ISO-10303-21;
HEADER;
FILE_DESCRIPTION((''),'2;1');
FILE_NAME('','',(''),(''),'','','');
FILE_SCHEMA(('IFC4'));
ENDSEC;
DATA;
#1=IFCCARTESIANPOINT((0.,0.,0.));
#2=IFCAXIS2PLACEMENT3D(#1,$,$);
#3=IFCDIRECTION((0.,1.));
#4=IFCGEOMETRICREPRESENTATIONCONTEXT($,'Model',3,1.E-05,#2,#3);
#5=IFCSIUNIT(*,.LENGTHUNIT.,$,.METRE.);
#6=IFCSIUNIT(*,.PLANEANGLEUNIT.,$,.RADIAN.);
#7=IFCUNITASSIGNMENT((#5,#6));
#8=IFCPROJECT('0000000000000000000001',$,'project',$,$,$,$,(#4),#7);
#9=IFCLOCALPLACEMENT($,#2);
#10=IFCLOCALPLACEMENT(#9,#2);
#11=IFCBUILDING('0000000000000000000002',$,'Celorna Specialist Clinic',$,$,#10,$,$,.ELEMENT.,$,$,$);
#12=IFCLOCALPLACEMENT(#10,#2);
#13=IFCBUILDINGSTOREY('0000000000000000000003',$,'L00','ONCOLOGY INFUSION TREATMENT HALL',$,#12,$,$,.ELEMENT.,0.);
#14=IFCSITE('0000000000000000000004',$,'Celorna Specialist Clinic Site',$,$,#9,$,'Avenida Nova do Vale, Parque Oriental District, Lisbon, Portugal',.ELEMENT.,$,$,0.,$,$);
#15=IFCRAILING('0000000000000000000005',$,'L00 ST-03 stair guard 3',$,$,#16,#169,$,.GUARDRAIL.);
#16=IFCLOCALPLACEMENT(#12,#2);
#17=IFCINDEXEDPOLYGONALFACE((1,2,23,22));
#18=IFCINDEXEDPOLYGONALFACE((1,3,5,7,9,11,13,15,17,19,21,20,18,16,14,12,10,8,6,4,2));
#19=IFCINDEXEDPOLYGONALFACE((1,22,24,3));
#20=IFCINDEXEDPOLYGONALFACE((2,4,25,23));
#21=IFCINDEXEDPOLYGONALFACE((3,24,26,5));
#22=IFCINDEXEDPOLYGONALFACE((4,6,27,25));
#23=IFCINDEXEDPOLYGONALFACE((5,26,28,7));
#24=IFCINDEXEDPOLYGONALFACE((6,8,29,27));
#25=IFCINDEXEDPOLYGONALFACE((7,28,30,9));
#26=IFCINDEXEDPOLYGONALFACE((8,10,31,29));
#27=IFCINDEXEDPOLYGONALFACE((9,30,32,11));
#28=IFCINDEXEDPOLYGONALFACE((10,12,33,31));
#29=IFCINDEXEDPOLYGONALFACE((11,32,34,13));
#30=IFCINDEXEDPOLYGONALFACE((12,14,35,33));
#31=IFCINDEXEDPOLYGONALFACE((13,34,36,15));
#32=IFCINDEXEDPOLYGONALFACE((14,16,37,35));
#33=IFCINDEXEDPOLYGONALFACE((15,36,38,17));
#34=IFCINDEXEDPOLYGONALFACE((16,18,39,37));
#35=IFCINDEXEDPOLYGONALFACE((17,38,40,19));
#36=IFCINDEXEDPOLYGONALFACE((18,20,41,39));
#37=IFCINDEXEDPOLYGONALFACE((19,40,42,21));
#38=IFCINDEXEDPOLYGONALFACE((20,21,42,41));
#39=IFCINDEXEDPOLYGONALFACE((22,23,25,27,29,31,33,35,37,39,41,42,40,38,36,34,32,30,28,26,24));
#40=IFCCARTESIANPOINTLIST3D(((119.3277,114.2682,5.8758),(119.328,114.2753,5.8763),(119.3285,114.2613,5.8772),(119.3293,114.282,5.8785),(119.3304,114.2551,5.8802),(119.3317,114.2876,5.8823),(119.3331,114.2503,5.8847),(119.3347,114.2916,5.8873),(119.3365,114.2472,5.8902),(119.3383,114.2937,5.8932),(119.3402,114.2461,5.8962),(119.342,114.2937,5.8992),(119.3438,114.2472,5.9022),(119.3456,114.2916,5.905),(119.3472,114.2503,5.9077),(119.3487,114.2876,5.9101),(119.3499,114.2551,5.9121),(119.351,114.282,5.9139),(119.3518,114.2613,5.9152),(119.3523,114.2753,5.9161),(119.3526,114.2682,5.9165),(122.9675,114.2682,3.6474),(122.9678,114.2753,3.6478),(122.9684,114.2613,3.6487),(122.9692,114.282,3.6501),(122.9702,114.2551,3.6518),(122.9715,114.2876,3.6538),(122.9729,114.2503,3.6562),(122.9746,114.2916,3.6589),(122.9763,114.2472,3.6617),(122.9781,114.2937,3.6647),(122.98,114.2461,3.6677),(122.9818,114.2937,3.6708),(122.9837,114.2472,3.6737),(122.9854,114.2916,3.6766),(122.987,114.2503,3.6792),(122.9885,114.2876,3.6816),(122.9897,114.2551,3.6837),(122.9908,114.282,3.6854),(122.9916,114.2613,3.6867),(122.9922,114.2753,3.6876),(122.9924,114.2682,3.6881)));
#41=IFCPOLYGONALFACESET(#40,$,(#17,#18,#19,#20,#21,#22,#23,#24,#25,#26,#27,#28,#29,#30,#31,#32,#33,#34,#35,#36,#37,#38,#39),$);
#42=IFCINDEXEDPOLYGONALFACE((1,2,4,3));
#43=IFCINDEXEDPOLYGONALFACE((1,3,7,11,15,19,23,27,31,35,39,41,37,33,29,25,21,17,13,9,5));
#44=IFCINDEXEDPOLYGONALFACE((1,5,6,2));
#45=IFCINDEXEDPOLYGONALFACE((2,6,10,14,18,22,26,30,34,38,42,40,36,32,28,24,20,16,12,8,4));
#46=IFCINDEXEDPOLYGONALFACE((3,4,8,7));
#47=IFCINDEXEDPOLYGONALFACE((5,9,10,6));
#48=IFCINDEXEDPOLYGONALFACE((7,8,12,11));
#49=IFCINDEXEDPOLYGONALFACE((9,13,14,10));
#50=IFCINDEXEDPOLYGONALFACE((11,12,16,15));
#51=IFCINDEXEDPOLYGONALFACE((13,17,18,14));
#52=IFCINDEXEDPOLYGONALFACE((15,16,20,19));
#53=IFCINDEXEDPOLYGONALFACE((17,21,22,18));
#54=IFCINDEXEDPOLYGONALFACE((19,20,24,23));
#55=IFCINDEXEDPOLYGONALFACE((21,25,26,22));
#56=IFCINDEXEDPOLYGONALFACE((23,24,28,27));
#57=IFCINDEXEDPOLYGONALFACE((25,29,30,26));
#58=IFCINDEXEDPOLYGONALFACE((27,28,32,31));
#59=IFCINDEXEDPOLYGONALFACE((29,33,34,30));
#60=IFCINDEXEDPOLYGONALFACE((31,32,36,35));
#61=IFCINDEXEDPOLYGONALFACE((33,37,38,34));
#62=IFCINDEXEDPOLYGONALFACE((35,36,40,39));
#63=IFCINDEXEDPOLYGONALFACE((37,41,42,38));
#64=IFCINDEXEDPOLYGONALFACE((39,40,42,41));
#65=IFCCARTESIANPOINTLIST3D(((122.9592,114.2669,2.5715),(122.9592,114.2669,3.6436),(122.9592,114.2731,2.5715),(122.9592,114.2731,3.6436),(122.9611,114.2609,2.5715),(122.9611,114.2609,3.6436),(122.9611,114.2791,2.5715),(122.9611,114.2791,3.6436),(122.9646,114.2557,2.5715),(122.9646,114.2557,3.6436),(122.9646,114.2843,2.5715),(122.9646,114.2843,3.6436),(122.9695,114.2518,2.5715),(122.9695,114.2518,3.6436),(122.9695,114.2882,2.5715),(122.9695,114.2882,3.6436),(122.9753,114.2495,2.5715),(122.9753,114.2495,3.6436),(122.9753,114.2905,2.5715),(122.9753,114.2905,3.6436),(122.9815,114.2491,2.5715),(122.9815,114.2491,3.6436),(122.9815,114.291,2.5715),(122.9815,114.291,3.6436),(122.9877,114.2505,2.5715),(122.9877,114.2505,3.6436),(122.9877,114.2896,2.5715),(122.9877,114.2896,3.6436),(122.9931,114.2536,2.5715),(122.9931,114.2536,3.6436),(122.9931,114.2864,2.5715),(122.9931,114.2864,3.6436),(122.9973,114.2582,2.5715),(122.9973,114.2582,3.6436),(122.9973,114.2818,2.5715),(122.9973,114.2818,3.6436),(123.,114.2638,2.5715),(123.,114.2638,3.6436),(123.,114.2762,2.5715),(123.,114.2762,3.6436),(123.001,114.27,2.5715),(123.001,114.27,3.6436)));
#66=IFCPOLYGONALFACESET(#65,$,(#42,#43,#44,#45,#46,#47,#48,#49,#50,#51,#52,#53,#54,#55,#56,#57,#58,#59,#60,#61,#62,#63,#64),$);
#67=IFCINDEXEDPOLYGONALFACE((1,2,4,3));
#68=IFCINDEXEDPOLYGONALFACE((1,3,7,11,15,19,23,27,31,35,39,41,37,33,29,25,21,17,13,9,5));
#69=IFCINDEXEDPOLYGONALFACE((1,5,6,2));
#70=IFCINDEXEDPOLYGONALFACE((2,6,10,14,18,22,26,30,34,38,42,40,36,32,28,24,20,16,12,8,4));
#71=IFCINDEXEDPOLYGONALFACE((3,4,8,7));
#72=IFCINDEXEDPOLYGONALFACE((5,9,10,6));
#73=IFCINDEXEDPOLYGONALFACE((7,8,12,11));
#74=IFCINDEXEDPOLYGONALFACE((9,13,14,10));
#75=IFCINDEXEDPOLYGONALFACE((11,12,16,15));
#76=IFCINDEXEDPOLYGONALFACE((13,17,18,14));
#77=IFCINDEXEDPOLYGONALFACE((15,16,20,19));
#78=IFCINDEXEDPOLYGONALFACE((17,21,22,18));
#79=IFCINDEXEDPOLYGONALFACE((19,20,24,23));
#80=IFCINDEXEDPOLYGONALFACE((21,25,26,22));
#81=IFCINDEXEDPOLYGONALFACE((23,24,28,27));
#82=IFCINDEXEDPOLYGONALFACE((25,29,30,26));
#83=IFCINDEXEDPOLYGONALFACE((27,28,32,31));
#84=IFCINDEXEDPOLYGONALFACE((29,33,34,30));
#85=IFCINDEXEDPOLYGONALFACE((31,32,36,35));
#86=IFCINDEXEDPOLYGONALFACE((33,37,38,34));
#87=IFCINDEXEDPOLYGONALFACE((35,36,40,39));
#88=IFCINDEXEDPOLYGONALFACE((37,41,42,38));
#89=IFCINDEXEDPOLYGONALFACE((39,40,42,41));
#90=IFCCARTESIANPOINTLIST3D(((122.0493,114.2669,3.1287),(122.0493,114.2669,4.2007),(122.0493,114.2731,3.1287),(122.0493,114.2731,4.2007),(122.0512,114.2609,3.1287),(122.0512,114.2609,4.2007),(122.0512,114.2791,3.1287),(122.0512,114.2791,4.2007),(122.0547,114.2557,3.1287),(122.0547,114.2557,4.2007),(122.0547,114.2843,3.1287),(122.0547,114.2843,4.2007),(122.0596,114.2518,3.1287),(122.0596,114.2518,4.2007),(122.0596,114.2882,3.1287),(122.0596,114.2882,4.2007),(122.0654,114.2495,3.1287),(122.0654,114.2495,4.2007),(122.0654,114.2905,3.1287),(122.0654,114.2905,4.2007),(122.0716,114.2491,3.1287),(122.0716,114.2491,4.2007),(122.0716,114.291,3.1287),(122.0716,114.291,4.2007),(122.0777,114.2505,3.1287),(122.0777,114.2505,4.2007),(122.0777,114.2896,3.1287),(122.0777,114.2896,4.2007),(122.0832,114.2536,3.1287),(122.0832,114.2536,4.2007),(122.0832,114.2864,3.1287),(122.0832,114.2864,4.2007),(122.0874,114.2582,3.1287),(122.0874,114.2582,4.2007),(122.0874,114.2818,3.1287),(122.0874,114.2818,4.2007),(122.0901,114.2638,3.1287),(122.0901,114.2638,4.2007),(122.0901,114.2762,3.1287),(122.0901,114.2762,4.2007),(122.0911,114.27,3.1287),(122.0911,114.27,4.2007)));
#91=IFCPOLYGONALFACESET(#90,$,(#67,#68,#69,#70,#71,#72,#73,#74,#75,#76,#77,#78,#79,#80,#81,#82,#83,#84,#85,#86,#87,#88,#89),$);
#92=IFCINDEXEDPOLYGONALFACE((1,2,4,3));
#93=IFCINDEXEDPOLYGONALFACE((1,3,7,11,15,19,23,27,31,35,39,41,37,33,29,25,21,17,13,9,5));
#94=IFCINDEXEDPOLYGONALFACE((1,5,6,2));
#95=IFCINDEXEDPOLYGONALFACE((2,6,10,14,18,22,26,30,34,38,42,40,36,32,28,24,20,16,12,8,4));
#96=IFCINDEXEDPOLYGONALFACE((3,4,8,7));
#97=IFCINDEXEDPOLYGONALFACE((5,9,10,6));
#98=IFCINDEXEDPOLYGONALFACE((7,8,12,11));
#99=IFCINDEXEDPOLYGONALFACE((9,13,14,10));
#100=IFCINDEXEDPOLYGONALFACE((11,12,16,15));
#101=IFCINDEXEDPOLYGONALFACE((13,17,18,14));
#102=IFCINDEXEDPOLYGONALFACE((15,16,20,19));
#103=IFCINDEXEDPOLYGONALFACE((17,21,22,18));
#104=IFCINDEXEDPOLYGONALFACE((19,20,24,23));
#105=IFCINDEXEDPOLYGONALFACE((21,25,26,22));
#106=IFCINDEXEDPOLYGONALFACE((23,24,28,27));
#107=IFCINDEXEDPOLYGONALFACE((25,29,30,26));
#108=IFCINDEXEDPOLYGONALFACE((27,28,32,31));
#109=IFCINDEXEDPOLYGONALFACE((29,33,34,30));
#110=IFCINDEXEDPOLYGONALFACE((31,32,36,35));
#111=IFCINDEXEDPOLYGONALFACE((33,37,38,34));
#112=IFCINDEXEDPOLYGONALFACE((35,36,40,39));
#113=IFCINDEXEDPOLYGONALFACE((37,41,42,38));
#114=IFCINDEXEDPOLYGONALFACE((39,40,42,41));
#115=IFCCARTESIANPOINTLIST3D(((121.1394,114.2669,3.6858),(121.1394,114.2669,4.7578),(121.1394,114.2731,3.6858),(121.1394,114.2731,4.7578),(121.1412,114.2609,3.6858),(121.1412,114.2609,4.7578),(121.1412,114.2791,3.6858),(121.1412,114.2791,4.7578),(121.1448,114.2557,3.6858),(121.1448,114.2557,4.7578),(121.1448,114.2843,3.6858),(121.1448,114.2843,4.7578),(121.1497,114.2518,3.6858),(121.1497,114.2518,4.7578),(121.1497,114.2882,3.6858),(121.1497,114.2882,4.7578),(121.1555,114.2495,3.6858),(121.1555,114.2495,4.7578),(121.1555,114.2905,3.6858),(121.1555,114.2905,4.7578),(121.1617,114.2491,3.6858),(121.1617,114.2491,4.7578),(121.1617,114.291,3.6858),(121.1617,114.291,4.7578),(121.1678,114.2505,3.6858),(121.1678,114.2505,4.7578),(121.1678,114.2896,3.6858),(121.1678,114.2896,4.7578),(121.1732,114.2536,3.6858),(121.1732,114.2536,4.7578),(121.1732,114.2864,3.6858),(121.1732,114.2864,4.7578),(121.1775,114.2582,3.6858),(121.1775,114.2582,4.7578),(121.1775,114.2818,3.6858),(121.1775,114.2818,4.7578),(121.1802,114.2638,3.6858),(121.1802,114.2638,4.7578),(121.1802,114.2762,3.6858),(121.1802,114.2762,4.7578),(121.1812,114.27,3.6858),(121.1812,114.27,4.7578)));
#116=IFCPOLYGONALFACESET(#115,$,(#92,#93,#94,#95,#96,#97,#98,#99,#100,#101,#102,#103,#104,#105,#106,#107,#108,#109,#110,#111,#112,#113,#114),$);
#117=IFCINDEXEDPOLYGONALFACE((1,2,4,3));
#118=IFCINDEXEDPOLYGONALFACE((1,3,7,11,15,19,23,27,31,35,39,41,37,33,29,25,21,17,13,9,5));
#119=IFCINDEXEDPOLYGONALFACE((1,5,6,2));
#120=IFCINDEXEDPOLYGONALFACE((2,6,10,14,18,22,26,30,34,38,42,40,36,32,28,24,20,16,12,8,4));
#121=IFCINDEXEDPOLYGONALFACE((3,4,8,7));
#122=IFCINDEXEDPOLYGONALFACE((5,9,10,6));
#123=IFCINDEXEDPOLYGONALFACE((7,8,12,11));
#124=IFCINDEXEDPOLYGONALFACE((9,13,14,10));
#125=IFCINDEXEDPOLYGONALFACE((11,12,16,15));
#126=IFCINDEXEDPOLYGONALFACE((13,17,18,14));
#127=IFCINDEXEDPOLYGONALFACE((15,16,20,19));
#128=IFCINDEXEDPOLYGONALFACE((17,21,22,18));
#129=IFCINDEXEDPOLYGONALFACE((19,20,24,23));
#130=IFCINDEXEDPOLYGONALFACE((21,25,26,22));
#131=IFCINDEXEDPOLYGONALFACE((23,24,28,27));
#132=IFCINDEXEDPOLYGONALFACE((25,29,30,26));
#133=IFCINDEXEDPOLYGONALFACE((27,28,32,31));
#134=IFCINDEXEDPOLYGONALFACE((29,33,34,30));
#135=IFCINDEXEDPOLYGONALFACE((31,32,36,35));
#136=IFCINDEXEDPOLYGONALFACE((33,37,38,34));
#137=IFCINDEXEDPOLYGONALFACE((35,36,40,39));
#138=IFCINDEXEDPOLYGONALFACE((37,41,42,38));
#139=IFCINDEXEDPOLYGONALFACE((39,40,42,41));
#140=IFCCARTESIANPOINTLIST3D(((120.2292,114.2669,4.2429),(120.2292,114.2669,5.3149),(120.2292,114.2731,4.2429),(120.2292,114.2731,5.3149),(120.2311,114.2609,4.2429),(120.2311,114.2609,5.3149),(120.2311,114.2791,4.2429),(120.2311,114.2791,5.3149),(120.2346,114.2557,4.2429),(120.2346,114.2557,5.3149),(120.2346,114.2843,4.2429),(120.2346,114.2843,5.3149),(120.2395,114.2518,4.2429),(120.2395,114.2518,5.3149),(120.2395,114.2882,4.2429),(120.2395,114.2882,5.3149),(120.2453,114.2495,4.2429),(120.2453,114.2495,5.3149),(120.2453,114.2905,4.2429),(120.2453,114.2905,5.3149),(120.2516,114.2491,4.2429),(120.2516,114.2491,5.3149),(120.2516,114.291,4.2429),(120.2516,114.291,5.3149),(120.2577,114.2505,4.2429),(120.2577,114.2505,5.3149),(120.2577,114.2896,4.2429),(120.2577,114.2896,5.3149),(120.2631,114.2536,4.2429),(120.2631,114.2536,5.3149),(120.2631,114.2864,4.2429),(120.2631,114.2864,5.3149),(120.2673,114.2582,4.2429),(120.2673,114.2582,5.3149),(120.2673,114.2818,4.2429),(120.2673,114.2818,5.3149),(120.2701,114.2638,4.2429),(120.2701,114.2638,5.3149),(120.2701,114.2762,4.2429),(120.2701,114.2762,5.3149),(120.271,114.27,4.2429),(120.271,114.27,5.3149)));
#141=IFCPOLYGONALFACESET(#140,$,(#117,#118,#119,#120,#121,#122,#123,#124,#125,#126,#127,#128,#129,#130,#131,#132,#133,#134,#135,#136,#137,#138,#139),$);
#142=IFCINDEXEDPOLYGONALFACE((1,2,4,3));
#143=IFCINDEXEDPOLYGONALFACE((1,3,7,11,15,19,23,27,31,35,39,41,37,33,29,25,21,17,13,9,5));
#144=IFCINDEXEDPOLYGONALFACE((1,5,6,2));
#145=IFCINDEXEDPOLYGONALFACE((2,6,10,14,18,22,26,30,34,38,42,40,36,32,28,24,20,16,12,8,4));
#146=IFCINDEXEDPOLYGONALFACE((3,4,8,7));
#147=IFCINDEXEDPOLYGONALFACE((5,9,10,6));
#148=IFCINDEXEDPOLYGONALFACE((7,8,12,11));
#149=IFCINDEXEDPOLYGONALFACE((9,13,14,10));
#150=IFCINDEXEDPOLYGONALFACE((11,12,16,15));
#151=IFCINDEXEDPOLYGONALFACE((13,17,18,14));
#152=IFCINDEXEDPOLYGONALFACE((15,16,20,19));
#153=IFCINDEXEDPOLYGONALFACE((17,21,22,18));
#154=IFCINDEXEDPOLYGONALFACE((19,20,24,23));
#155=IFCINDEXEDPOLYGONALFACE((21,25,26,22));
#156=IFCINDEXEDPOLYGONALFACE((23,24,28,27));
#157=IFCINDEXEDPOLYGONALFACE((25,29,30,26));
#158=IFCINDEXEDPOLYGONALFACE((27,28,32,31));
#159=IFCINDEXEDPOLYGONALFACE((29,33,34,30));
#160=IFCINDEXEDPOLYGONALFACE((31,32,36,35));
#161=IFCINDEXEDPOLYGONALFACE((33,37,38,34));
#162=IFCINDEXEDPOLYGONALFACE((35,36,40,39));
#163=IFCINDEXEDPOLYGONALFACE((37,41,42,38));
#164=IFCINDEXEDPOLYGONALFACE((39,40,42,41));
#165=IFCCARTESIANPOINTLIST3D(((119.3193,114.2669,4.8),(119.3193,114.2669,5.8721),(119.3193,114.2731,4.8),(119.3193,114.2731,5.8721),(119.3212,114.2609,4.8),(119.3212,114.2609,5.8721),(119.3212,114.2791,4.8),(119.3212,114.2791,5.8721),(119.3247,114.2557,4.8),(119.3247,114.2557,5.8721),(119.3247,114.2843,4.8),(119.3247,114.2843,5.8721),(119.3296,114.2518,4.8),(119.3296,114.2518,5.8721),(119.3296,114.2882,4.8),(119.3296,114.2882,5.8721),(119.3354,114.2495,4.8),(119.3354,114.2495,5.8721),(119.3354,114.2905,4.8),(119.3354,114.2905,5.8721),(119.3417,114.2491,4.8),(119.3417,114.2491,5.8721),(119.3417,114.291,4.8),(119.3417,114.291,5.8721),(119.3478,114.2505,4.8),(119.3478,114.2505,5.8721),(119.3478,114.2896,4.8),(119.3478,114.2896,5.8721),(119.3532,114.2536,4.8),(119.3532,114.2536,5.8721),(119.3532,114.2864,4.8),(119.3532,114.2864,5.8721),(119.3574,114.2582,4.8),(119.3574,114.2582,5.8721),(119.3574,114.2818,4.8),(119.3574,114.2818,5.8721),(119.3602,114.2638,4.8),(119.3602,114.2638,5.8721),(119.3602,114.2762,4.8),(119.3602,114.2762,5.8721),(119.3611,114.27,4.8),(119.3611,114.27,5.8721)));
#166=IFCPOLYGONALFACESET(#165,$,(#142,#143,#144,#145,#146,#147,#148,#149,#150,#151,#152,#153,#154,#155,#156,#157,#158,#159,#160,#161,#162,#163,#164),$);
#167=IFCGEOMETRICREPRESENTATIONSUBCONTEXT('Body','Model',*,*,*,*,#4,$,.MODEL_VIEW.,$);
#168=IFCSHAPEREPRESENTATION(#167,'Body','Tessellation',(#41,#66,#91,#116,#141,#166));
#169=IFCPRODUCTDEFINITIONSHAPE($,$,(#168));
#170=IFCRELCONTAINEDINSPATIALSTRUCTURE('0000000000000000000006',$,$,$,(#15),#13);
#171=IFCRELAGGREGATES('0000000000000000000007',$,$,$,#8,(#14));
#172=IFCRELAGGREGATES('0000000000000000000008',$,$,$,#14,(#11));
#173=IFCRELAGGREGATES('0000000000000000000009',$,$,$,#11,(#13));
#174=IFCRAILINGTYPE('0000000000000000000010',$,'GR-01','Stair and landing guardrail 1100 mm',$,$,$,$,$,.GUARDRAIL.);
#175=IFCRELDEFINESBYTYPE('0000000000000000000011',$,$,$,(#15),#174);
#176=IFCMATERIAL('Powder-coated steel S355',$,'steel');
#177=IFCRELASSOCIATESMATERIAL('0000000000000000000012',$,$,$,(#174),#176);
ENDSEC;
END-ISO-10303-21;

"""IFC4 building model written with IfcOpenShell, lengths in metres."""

from ifc_helpers import new_model, si_unit, direction, frame, origin, origin_2d, place, context, subcontext, project, spatial, circle, extrude, material, type_object, element, save


model = new_model("IFC4")

# Units and contexts
model_context = context("Model", 3, precision=1e-05, world=origin(), true_north=direction((0.0, 1.0)))
body_context = subcontext(model_context, "Body", "Model", "MODEL_VIEW")
ifc_project = project(units=[si_unit("LENGTHUNIT", "METRE"), si_unit("PLANEANGLEUNIT", "RADIAN")], contexts=[model_context])

# Site, building, storey
site_placement = place(None, origin())
site = spatial("IfcSite", under=ifc_project, at=site_placement, Name="Celorna Specialist Clinic Site", LongName="Avenida Nova do Vale, Parque Oriental District, Lisbon, Portugal", CompositionType="ELEMENT", RefElevation=0.0)
building_placement = place(site_placement, origin())
building = spatial("IfcBuilding", under=site, at=building_placement, Name="Celorna Specialist Clinic", CompositionType="ELEMENT")
storey_placement = place(building_placement, origin())
storey = spatial("IfcBuildingStorey", under=building, at=storey_placement, Name="L00", Description="ONCOLOGY INFUSION TREATMENT HALL", CompositionType="ELEMENT", Elevation=0.0)

# Railing
ifc_material_1 = material(Name="Powder-coated steel S355", Category="steel")
railing_type_1 = type_object("IfcRailingType", Name="GR-01", Description="Stair and landing guardrail 1100 mm", PredefinedType="GUARDRAIL", material=ifc_material_1)
railing_1_placement = place(storey_placement, frame((122.98, 114.27, 2.5715)))
element("IfcRailing", 1, at=railing_1_placement, inside=storey, type_object=railing_type_1, Name="L00 ST-03 stair guard 3", PredefinedType="GUARDRAIL", context=body_context, shape_type="SweptSolid", body=[
    extrude(circle(Radius=0.0239, at=origin_2d()), frame((0.0, 0.0, 1.0962), z_axis=(-0.85285, 0.0, 0.522156), x_axis=(0.0, -1.0, 0.0)), (0.0, 0.0, 1.0), 4.2678),
    extrude(circle(Radius=0.021, at=origin_2d()), origin(), (0.0, 0.0, 1.0), 1.072),
    extrude(circle(Radius=0.021, at=origin_2d()), frame((-0.9099, 0.0, 0.5571)), (0.0, 0.0, 1.0), 1.072),
    extrude(circle(Radius=0.021, at=origin_2d()), frame((-1.8198, 0.0, 1.1143)), (0.0, 0.0, 1.0), 1.072),
    extrude(circle(Radius=0.021, at=origin_2d()), frame((-2.73, 0.0, 1.6714)), (0.0, 0.0, 1.0), 1.072),
    extrude(circle(Radius=0.021, at=origin_2d()), frame((-3.6399, 0.0, 2.2285)), (0.0, 0.0, 1.0), 1.072),
])

save(model, "model.ifc")
